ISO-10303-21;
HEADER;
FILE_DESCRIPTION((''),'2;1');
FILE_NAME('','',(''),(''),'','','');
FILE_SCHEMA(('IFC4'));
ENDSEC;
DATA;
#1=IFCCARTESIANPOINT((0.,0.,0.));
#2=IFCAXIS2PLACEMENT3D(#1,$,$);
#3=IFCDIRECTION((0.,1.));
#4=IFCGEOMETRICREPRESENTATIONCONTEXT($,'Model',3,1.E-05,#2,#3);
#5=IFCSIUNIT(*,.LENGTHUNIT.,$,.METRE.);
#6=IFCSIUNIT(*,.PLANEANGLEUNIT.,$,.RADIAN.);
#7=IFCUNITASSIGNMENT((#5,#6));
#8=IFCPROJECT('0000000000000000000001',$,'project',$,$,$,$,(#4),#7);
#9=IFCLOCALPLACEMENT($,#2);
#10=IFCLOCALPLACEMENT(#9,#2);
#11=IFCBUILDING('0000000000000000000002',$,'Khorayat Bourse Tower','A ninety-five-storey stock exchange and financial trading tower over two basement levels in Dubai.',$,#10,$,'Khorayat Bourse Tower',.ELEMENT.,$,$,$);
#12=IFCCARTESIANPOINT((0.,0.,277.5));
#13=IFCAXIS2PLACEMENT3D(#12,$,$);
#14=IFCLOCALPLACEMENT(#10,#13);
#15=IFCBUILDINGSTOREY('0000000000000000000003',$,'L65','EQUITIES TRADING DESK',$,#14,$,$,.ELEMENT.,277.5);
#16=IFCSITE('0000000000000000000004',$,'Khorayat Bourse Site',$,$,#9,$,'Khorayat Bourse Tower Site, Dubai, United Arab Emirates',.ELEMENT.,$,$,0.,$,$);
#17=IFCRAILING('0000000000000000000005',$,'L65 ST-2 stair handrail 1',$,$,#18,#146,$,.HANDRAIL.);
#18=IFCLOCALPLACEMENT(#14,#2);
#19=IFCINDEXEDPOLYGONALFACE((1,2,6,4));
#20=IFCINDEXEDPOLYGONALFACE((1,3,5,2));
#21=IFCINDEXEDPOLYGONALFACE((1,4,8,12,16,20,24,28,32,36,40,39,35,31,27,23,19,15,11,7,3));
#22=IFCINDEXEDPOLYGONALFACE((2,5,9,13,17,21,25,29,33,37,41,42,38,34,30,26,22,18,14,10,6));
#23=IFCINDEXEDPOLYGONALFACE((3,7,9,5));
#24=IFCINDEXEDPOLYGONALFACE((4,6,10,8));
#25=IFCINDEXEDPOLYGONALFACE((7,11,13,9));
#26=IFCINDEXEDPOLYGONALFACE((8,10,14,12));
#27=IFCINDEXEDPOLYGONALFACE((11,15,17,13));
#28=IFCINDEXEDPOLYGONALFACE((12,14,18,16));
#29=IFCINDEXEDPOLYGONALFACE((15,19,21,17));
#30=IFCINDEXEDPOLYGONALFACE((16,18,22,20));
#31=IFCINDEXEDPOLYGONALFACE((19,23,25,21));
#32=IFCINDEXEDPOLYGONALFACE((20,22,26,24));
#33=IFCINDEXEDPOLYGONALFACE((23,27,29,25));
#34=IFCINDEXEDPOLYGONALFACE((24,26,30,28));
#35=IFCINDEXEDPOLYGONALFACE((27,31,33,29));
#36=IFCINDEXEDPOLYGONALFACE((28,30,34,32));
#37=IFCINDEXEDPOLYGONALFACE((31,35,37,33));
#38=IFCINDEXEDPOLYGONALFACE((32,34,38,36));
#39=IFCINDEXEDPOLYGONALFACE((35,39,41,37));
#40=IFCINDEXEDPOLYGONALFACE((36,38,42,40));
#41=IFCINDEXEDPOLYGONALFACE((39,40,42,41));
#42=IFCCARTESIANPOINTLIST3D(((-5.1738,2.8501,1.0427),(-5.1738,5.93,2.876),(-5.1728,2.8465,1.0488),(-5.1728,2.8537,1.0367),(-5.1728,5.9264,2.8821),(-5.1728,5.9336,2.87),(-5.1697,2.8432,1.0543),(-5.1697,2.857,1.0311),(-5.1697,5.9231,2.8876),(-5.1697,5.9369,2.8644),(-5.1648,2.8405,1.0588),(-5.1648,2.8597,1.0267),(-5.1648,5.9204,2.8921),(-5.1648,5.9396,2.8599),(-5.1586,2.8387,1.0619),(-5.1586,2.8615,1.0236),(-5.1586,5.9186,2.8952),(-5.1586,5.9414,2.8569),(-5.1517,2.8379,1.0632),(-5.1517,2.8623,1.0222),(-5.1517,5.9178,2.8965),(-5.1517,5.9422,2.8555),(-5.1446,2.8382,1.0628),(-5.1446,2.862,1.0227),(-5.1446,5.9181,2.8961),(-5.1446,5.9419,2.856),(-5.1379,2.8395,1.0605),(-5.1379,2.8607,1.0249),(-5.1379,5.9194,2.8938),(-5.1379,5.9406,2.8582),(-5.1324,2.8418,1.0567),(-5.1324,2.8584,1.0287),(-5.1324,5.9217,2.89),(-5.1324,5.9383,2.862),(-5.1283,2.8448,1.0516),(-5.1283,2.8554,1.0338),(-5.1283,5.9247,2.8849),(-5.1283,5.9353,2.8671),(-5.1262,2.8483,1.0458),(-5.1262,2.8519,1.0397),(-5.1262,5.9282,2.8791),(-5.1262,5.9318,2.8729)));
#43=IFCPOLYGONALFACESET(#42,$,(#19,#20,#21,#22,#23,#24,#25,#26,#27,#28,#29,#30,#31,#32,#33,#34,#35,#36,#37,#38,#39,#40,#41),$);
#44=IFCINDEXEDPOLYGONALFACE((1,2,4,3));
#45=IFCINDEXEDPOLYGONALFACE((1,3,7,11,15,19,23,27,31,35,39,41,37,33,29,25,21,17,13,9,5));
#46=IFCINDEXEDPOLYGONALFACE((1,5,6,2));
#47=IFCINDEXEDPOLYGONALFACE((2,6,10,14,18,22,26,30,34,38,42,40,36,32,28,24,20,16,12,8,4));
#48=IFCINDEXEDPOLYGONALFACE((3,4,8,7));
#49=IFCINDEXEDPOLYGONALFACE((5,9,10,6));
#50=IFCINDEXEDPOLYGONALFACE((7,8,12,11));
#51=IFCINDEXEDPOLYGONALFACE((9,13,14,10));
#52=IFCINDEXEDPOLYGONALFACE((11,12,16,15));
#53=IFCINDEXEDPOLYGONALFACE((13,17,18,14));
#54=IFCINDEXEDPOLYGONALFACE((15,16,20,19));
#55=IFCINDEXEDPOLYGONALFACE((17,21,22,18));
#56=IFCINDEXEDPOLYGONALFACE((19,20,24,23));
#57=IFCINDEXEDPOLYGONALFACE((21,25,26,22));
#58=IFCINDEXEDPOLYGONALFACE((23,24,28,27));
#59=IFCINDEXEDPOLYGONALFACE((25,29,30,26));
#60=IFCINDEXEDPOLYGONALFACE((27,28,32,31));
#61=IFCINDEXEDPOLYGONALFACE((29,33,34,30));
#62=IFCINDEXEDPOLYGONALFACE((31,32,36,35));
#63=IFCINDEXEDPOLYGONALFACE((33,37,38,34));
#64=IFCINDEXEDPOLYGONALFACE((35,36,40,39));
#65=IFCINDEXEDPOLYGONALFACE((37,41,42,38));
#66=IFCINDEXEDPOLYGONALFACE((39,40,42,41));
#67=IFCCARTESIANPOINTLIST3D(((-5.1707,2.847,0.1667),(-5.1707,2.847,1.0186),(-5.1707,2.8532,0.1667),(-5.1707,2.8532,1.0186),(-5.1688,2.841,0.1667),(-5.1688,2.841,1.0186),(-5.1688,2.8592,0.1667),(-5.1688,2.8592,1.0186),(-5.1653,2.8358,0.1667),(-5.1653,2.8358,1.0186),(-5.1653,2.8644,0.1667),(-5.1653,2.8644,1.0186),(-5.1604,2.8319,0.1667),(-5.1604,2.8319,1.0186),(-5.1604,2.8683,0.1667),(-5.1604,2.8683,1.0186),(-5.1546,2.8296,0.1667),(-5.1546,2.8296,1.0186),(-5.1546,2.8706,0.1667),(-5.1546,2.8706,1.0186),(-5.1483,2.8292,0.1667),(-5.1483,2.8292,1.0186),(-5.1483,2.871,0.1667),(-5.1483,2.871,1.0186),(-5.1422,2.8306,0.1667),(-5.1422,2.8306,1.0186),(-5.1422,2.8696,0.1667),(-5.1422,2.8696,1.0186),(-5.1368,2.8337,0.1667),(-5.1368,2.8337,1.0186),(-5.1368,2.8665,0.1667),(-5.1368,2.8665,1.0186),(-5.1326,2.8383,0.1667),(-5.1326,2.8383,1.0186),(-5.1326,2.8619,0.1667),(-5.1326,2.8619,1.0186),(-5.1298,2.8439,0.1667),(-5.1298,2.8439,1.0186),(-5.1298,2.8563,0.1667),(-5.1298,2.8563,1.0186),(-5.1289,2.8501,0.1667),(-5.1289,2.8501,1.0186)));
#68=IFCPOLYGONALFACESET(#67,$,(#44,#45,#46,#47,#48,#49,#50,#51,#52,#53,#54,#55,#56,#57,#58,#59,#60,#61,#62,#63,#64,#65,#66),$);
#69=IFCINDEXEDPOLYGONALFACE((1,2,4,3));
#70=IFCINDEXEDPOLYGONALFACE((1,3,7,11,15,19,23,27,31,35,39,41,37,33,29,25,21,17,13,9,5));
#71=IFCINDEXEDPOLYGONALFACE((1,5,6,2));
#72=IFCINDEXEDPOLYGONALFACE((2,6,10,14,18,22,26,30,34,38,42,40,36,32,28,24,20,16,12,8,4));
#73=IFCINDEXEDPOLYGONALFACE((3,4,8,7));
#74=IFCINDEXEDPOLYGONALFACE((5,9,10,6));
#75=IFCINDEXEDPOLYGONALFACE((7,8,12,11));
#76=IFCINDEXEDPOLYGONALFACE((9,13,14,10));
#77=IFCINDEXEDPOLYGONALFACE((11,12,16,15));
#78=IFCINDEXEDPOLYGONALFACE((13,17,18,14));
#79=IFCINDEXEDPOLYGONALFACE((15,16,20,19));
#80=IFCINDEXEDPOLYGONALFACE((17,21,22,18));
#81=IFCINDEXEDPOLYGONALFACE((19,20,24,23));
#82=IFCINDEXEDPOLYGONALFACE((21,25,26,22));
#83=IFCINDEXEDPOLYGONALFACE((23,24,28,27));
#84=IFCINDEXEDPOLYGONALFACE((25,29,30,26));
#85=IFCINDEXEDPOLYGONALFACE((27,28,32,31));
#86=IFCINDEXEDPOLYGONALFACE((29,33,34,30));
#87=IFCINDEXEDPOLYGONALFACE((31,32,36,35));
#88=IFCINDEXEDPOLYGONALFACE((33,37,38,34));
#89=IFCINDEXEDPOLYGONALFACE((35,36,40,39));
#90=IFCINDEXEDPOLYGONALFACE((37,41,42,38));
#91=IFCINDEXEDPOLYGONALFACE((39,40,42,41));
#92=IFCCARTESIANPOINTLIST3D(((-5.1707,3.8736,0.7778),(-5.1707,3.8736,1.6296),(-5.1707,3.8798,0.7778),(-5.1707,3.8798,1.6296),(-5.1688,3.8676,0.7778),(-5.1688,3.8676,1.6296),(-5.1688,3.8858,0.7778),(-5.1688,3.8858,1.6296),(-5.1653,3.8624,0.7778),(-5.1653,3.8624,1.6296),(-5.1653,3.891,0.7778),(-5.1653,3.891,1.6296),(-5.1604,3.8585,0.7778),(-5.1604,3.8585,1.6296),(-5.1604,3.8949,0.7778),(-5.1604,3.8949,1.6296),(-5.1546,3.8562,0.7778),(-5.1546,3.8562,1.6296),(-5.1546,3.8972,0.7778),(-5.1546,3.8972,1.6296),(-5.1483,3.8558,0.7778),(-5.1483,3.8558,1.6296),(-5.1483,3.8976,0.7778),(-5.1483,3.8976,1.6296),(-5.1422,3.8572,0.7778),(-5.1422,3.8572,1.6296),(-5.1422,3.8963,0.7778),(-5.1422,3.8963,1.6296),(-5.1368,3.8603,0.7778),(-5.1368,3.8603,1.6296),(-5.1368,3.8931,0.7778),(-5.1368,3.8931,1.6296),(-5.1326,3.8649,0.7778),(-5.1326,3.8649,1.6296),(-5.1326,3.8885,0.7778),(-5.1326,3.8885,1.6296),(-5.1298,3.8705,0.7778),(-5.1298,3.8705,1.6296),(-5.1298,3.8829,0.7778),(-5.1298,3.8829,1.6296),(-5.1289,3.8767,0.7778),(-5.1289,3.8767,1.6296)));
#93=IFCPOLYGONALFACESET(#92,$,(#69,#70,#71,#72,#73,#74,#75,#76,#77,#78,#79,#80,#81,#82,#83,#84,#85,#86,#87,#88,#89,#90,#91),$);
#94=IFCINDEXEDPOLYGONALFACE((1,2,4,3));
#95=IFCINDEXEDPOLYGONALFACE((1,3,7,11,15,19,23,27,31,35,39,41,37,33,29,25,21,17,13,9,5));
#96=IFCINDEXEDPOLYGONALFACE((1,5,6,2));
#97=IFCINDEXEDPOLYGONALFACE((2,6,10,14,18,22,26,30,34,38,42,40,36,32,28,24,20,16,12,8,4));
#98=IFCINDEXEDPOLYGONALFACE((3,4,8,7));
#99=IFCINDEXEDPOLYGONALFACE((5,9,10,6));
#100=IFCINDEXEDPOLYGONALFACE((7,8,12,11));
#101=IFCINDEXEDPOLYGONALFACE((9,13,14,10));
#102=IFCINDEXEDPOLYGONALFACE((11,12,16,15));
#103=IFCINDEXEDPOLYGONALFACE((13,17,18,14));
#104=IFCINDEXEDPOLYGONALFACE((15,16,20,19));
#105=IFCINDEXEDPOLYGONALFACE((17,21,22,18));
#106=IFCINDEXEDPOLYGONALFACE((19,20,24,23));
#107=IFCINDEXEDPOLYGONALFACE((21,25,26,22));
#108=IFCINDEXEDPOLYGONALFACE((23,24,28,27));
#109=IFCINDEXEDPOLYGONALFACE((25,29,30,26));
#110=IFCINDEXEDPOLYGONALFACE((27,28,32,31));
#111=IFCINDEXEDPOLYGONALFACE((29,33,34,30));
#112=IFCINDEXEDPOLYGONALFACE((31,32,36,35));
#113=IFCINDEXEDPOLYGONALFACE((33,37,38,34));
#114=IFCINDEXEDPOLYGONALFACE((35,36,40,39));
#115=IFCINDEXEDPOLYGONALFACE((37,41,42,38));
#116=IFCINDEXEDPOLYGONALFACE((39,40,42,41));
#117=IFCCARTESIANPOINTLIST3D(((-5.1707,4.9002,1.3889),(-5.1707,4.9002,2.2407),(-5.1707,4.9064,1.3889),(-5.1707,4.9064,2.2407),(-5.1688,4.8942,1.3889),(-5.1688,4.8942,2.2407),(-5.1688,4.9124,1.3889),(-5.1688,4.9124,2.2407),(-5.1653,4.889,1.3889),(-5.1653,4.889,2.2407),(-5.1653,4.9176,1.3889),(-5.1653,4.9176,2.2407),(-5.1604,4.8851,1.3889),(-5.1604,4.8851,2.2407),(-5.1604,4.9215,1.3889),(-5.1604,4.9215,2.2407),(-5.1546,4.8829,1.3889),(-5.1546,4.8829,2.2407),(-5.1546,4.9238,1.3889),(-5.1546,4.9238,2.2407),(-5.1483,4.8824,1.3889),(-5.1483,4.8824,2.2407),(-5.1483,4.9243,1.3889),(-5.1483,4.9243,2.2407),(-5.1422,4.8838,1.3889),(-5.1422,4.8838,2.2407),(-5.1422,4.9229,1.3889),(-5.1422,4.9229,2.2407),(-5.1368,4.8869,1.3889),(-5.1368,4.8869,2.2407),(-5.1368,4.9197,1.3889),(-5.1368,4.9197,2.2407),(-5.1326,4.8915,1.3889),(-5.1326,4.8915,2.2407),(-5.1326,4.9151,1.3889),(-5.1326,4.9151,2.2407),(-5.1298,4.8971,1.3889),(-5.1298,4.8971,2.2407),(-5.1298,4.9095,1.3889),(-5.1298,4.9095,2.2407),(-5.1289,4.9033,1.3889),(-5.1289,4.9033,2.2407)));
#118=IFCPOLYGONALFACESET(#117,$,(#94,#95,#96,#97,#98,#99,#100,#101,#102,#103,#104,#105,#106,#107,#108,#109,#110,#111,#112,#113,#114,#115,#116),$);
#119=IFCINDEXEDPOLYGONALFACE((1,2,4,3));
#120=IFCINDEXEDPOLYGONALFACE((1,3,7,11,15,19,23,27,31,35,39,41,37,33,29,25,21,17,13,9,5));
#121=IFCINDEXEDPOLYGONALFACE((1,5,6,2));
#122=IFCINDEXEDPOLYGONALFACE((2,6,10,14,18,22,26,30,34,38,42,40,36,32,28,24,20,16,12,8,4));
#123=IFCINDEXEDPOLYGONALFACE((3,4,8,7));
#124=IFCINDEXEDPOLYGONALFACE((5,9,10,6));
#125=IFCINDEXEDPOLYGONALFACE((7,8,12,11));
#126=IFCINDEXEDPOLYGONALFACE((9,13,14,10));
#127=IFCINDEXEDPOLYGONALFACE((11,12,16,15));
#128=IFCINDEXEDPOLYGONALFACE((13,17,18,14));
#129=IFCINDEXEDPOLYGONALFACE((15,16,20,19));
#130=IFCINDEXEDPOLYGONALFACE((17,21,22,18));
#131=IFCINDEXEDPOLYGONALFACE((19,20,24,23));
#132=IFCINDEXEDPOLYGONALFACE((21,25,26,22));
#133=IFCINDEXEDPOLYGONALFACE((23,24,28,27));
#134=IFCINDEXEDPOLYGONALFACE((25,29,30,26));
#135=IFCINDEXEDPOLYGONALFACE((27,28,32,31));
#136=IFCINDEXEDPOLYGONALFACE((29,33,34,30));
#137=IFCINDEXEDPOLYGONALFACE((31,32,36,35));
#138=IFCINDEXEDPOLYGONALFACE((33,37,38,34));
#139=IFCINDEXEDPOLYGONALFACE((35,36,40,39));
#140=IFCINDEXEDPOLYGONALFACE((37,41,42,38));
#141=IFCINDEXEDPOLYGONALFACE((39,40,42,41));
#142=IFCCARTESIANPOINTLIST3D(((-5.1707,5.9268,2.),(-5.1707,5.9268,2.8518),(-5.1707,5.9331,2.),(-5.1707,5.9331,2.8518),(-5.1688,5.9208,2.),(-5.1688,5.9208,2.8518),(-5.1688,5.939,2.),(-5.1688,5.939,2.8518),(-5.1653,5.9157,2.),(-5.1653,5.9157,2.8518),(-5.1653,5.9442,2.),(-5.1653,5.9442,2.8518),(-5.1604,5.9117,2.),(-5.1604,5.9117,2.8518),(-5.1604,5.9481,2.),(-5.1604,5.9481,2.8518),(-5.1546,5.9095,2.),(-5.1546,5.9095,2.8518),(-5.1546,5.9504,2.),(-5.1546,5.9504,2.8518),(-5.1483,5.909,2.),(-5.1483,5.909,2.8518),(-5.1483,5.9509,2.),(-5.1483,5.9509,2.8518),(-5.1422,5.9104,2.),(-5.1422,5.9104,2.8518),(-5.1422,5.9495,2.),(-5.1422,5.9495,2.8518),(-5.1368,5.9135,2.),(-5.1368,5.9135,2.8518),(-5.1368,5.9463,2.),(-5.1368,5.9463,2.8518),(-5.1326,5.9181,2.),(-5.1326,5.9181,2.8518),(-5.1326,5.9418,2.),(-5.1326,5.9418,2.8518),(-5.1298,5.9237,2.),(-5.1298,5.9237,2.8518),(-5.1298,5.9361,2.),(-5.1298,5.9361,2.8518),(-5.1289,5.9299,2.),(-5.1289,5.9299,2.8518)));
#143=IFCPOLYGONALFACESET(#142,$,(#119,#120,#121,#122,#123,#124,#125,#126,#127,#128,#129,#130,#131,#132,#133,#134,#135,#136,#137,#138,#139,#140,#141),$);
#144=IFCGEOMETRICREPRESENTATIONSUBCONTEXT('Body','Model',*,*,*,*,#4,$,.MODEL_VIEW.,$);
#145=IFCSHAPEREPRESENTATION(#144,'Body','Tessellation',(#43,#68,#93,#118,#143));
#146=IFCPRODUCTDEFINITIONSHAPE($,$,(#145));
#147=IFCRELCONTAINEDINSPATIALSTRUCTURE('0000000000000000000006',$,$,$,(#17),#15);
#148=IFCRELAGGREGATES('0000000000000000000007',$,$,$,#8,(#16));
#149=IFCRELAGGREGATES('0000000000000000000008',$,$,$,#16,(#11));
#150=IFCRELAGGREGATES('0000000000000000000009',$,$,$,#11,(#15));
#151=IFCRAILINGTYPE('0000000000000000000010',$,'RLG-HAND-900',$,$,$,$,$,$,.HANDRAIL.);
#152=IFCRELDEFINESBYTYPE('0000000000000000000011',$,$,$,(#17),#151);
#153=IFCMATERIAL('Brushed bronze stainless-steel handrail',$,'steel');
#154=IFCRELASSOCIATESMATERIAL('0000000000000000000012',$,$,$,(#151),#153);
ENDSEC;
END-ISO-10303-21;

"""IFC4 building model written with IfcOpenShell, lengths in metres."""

from ifc_helpers import new_model, si_unit, direction, frame, origin, origin_2d, place, context, subcontext, project, spatial, circle, extrude, source, transform, mapped, material, type_object, element, save


model = new_model("IFC4")

# Units and contexts
model_context = context("Model", 3, precision=1e-05, world=origin(), true_north=direction((0.0, 1.0)))
body_context = subcontext(model_context, "Body", "Model", "MODEL_VIEW")
ifc_project = project(units=[si_unit("LENGTHUNIT", "METRE"), si_unit("PLANEANGLEUNIT", "RADIAN")], contexts=[model_context])

# Site, building, storey
site_placement = place(None, origin())
site = spatial("IfcSite", under=ifc_project, at=site_placement, Name="Khorayat Bourse Site", LongName="Khorayat Bourse Tower Site, Dubai, United Arab Emirates", CompositionType="ELEMENT", RefElevation=0.0)
building_placement = place(site_placement, origin())
building = spatial("IfcBuilding", under=site, at=building_placement, Name="Khorayat Bourse Tower", Description="A ninety-five-storey stock exchange and financial trading tower over two basement levels in Dubai.", LongName="Khorayat Bourse Tower", CompositionType="ELEMENT")
storey_placement = place(building_placement, frame((0.0, 0.0, 277.5)))
storey = spatial("IfcBuildingStorey", under=building, at=storey_placement, Name="L65", Description="EQUITIES TRADING DESK", CompositionType="ELEMENT", Elevation=277.5)

# Railing
ifc_material_1 = material(Name="Brushed bronze stainless-steel handrail", Category="steel")
railing_type_1 = type_object("IfcRailingType", Name="RLG-HAND-900", PredefinedType="HANDRAIL", material=ifc_material_1)
shared_shape_1 = source(origin(), body_context, "Body", "SweptSolid", [
    extrude(circle(Radius=0.0239, at=origin_2d()), frame((0.0, 0.0, 0.876), z_axis=(0.0, 0.859291, 0.511487), x_axis=(-1.0, 0.0, 0.0)), (0.0, 0.0, 1.0), 3.5842),
    extrude(circle(Radius=0.021, at=origin_2d()), origin(), (0.0, 0.0, 1.0), 0.8518),
    extrude(circle(Radius=0.021, at=origin_2d()), frame((0.0, 1.0266, 0.6111)), (0.0, 0.0, 1.0), 0.8518),
    extrude(circle(Radius=0.021, at=origin_2d()), frame((0.0, 2.0532, 1.2222)), (0.0, 0.0, 1.0), 0.8518),
    extrude(circle(Radius=0.021, at=origin_2d()), frame((0.0, 3.0798, 1.8333)), (0.0, 0.0, 1.0), 0.8518),
])
railing_1_placement = place(storey_placement, frame((-5.1499, 2.8501, 0.1667)))
element("IfcRailing", 1, at=railing_1_placement, inside=storey, type_object=railing_type_1, Name="L65 ST-2 stair handrail 1", PredefinedType="HANDRAIL", context=body_context, shape_type="MappedRepresentation", body=[
    mapped(shared_shape_1, transform((0.0, 0.0, 0.0), scale=1.0)),
])

save(model, "model.ifc")
